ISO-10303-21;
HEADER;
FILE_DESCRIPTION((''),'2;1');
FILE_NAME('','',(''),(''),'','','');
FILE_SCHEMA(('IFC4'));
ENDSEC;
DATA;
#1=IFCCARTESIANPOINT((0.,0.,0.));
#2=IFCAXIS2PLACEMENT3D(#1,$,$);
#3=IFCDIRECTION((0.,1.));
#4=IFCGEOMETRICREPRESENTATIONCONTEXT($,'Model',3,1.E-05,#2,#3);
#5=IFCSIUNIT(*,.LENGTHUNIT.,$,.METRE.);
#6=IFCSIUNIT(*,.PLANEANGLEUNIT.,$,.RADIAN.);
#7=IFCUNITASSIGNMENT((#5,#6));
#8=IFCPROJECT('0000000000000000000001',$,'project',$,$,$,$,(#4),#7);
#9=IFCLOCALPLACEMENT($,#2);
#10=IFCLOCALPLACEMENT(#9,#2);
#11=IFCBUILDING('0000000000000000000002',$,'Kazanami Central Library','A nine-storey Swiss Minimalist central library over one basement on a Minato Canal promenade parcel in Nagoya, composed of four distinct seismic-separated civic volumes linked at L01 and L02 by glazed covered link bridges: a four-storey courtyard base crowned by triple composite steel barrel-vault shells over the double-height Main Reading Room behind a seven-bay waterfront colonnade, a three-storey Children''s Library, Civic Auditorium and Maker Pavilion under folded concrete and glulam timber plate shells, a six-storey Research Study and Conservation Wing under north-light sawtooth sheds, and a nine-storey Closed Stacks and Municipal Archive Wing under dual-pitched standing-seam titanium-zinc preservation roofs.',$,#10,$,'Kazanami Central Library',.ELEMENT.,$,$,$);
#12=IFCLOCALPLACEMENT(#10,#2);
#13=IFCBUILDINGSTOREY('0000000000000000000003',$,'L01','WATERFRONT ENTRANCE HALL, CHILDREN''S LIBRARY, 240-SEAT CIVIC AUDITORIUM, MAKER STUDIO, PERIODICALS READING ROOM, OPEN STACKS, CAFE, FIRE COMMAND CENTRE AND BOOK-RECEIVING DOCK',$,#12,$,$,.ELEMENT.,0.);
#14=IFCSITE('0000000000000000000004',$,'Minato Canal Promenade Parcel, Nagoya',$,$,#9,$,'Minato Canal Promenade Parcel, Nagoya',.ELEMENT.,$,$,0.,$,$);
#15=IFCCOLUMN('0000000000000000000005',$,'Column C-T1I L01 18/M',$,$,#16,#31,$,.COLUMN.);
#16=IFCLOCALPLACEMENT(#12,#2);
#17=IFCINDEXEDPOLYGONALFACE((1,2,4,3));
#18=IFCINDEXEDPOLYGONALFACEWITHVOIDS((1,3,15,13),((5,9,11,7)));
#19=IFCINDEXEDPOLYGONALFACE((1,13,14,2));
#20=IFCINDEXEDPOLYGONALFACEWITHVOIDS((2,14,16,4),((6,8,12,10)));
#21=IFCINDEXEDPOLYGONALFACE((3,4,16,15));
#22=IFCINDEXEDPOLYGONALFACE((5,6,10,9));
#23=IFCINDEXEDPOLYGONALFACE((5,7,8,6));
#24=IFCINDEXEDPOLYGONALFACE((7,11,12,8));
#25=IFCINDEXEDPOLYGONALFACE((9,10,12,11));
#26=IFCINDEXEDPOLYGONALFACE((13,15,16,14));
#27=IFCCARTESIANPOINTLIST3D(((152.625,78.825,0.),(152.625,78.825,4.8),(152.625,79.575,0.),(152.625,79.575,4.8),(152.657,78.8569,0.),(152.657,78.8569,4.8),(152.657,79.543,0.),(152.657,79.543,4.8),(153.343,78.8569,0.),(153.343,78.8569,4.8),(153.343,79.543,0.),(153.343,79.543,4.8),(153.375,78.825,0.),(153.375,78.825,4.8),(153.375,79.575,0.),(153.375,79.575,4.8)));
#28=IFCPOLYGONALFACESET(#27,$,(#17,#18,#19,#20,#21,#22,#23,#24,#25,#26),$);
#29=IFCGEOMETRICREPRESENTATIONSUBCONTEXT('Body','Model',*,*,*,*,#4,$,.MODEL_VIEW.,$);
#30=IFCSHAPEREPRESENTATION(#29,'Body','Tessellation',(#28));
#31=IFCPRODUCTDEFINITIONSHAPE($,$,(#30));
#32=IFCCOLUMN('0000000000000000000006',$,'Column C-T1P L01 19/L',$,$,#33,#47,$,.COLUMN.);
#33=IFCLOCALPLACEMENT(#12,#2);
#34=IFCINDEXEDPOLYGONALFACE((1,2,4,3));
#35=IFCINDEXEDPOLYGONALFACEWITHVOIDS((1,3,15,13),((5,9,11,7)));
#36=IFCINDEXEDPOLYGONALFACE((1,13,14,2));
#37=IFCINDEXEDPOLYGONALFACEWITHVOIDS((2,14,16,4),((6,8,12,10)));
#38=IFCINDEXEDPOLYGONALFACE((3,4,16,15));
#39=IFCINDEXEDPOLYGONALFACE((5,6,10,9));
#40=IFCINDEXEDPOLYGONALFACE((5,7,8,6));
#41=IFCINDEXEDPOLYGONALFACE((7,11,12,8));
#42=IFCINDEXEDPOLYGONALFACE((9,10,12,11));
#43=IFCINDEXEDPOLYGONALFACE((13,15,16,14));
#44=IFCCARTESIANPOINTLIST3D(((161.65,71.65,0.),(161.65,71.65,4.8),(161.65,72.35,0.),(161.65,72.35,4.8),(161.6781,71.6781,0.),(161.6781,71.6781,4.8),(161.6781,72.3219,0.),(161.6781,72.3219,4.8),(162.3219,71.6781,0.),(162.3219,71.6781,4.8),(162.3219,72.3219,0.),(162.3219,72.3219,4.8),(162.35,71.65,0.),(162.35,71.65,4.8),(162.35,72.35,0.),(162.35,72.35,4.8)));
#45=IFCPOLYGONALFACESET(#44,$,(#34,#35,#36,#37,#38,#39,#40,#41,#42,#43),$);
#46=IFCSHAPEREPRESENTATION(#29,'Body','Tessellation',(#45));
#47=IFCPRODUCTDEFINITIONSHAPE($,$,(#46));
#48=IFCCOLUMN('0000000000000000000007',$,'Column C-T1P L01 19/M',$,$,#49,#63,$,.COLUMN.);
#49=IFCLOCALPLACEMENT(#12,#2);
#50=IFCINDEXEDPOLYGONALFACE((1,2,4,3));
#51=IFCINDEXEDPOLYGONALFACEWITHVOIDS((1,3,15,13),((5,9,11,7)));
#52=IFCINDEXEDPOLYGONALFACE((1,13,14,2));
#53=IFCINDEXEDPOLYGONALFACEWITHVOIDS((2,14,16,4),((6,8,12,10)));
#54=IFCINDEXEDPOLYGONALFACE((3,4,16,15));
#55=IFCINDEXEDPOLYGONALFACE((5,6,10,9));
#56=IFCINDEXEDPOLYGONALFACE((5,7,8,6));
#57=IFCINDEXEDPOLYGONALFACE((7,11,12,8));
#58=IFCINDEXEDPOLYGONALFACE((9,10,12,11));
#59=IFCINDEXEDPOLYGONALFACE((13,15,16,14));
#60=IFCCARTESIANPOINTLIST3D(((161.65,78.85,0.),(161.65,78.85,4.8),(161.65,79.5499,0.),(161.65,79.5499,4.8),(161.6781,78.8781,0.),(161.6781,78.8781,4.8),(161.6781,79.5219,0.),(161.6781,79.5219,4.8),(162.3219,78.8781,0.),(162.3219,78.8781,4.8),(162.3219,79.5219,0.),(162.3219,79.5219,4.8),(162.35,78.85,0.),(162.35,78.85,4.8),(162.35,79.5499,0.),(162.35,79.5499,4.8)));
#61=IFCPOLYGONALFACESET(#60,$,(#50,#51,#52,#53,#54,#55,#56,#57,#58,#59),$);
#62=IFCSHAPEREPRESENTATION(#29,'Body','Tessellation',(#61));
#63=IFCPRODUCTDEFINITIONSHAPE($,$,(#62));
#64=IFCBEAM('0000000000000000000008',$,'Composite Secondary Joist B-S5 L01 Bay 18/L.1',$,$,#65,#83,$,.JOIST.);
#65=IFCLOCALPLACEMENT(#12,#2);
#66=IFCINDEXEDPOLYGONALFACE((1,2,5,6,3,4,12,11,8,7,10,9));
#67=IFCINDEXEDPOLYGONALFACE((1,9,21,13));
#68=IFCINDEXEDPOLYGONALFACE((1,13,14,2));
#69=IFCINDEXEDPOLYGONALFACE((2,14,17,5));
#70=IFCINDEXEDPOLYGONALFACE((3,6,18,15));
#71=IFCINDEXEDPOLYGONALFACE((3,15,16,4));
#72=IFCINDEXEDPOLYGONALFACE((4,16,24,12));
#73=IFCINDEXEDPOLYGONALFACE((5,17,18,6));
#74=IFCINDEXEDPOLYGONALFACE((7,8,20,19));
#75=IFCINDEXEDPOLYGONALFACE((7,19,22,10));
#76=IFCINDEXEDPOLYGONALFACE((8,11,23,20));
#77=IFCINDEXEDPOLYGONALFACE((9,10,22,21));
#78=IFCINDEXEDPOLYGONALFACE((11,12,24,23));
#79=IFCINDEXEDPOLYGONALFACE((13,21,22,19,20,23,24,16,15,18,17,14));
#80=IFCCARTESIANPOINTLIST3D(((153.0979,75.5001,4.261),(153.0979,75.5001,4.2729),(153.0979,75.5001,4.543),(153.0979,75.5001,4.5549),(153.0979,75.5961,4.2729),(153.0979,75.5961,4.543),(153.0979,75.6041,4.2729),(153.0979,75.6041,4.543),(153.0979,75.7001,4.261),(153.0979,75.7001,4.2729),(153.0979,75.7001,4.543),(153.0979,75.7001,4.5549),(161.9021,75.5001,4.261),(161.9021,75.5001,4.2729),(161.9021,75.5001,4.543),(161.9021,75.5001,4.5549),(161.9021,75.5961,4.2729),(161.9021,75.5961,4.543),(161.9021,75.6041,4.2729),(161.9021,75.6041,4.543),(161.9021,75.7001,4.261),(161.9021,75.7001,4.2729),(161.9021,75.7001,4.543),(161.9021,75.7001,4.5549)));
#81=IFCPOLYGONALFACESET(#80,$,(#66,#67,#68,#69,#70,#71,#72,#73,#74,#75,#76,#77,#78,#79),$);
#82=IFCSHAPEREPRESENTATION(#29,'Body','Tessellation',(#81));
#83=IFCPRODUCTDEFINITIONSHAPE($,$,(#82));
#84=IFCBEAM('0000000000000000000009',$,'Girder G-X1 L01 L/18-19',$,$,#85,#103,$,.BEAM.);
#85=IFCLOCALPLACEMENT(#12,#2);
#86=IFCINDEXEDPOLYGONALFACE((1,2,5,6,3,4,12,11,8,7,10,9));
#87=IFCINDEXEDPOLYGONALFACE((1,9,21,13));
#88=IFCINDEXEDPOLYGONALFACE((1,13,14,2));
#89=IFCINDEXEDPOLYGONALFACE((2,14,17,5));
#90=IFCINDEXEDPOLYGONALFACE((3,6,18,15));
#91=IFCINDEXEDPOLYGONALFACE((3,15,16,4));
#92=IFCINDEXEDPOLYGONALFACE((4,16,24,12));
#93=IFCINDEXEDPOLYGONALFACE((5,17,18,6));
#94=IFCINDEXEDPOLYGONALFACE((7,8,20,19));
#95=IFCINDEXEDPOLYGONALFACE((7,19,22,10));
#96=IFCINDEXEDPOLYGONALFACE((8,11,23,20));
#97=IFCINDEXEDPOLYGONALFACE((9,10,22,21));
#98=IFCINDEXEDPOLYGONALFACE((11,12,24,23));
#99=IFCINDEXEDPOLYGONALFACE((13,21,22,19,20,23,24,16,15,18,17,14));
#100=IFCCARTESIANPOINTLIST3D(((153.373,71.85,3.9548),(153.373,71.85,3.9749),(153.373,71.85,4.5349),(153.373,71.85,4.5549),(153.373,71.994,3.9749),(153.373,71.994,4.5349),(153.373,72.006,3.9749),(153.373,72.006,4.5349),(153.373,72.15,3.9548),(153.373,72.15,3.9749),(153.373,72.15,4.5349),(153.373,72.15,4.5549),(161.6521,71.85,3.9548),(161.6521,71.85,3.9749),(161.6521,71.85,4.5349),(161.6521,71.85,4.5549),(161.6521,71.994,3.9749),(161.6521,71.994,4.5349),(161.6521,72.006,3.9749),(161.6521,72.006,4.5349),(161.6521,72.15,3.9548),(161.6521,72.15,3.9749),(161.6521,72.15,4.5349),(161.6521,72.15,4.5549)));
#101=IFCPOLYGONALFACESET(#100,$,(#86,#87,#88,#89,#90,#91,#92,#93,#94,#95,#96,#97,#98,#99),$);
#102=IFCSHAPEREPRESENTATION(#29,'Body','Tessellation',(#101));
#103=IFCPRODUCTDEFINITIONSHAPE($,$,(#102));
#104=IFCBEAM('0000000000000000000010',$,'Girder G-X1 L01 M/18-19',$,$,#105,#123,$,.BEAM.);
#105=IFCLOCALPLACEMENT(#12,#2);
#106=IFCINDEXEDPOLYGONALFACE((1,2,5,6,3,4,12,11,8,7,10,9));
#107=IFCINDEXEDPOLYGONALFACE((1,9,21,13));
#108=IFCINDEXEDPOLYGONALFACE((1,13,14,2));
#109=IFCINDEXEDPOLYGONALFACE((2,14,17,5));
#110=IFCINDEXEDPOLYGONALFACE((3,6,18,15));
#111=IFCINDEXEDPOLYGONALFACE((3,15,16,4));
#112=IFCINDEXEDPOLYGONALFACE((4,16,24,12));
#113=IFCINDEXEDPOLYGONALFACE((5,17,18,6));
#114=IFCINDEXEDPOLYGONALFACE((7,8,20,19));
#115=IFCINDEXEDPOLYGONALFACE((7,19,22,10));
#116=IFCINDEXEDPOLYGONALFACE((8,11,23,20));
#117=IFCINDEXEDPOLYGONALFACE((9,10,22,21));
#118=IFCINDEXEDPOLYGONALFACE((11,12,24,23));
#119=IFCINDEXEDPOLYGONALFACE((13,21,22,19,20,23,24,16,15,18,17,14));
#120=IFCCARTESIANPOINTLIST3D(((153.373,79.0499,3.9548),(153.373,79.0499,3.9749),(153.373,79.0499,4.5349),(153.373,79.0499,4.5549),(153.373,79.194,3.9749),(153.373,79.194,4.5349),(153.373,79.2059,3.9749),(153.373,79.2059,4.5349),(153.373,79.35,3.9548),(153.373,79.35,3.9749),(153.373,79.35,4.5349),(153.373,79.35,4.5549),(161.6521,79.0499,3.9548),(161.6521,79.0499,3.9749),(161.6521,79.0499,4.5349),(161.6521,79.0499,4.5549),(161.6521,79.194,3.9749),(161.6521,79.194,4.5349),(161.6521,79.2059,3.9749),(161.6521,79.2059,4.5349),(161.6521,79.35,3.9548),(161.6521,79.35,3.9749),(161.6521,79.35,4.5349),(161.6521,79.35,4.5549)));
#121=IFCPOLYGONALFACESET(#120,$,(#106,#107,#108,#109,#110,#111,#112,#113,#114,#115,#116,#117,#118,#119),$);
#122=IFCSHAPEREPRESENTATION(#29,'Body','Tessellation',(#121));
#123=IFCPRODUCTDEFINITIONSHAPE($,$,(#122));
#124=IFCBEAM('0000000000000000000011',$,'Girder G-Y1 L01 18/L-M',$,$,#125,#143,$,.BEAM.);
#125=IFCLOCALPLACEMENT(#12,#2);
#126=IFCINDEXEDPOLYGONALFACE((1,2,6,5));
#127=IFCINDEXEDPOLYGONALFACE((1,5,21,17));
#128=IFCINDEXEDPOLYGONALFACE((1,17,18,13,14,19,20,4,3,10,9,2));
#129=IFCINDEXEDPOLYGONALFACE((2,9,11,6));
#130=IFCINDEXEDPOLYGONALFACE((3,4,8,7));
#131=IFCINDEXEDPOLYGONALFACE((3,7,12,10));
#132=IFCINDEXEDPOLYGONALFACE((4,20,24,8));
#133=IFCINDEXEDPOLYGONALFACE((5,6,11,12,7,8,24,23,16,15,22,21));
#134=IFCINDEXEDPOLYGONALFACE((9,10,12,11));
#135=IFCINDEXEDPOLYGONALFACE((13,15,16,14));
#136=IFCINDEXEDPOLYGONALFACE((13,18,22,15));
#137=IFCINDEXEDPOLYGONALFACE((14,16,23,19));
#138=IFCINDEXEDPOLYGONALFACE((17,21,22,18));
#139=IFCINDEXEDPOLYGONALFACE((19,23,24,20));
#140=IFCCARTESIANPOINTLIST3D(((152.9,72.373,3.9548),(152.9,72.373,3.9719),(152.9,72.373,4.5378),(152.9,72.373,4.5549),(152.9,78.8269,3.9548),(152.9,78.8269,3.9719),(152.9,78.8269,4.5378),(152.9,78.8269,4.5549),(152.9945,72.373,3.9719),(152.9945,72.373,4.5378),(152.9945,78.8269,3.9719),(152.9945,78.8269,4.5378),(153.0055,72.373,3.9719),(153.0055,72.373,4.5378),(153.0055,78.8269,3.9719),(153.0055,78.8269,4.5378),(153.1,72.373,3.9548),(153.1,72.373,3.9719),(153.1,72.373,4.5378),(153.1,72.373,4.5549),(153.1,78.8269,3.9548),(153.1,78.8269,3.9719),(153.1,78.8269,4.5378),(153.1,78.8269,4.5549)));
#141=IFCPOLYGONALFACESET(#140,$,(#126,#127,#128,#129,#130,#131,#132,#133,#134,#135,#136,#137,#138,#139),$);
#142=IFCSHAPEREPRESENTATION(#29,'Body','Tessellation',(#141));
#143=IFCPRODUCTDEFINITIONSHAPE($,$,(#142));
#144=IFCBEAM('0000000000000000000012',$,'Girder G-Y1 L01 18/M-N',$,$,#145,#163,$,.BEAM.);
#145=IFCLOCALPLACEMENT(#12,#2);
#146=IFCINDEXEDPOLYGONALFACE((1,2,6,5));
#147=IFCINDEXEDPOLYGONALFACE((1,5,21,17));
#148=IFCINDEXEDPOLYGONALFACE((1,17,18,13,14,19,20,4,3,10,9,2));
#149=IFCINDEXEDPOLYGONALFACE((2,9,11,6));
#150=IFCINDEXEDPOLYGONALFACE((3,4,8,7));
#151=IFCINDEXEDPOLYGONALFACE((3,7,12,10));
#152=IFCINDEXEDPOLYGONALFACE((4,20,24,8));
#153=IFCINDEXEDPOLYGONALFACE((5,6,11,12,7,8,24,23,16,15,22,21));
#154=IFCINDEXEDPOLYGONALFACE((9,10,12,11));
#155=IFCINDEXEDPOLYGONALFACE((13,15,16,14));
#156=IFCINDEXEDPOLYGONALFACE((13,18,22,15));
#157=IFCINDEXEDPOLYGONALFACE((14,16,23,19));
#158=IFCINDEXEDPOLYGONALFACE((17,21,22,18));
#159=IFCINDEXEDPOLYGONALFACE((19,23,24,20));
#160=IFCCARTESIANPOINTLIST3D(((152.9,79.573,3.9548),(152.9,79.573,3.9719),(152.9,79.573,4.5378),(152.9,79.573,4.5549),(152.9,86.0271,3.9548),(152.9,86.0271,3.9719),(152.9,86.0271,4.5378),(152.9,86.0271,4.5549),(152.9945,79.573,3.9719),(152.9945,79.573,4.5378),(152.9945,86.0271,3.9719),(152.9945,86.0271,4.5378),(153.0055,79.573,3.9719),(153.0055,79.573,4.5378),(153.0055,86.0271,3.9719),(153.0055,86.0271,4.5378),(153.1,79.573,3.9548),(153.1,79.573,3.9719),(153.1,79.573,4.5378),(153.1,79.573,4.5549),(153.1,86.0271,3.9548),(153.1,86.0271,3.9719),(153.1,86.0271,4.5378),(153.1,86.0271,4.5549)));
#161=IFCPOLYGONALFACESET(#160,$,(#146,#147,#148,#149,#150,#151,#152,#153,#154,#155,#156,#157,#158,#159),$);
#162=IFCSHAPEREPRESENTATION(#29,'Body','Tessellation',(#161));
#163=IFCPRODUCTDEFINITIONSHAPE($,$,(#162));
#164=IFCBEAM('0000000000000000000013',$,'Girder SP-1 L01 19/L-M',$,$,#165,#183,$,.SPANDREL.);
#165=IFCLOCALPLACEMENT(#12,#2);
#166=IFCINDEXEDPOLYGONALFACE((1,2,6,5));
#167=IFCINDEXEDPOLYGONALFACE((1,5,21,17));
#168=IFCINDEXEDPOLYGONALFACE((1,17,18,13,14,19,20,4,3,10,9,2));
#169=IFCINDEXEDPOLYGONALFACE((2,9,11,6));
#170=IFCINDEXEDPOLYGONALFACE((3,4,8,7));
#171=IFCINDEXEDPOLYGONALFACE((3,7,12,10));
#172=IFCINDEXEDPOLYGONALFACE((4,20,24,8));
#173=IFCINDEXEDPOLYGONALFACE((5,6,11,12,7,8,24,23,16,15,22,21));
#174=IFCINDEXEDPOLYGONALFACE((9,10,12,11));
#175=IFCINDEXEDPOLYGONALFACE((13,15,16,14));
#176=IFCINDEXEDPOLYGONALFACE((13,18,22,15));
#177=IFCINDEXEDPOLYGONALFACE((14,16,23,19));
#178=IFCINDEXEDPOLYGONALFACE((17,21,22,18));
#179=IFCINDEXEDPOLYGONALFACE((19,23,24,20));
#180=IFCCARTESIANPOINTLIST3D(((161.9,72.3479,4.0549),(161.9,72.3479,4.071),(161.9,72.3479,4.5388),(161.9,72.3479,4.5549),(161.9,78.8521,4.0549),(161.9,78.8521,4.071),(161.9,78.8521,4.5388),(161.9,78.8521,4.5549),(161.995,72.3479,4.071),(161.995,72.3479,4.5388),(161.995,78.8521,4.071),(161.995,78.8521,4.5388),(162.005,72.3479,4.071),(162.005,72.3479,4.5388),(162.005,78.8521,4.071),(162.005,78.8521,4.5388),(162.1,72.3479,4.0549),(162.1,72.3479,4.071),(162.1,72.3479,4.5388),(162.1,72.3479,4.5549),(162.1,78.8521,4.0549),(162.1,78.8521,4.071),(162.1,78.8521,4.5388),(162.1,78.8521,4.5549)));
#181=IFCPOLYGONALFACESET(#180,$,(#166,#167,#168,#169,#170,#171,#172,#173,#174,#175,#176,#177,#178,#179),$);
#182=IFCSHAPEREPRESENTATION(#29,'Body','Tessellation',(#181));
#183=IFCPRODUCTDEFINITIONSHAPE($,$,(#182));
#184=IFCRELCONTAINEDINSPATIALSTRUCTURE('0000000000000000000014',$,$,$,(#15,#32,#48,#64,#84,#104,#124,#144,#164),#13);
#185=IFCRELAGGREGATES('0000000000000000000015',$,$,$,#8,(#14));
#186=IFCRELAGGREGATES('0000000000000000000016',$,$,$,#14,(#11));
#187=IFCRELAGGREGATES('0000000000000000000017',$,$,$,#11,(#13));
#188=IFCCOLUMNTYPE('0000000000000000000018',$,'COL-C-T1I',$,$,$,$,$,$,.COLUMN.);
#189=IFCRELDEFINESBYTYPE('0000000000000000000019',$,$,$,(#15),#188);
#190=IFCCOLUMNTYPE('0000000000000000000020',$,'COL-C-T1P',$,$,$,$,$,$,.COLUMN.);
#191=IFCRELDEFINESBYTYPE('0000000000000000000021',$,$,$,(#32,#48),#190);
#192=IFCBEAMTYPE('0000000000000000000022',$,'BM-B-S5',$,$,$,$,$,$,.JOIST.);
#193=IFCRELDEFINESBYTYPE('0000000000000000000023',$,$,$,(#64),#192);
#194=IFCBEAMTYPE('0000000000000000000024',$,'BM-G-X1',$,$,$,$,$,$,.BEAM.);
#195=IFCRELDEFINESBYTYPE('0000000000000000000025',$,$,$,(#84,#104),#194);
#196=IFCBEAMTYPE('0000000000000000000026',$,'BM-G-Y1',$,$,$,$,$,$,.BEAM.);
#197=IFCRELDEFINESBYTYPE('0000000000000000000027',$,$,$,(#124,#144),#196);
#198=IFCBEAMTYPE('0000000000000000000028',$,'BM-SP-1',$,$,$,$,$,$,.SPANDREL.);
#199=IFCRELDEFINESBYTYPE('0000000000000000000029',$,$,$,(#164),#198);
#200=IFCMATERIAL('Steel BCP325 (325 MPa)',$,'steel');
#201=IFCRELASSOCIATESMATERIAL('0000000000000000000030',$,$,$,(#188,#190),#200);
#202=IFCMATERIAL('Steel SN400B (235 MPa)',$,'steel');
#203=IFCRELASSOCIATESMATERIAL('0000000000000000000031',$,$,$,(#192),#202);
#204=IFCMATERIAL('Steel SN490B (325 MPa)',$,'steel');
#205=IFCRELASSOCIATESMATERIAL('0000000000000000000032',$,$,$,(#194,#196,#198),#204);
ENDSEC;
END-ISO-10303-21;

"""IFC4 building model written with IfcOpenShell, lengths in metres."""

from ifc_helpers import new_model, si_unit, direction, frame, origin, origin_2d, place, context, subcontext, project, spatial, hollow_rectangle, i_section, extrude, material, material_profile, profile_set, type_object, element, save


model = new_model("IFC4")

# Units and contexts
model_context = context("Model", 3, precision=1e-05, world=origin(), true_north=direction((0.0, 1.0)))
body_context = subcontext(model_context, "Body", "Model", "MODEL_VIEW")
ifc_project = project(units=[si_unit("LENGTHUNIT", "METRE"), si_unit("PLANEANGLEUNIT", "RADIAN")], contexts=[model_context])

# Site, building, storey
site_placement = place(None, origin())
site = spatial("IfcSite", under=ifc_project, at=site_placement, Name="Minato Canal Promenade Parcel, Nagoya", LongName="Minato Canal Promenade Parcel, Nagoya", CompositionType="ELEMENT", RefElevation=0.0)
building_placement = place(site_placement, origin())
building = spatial("IfcBuilding", under=site, at=building_placement, Name="Kazanami Central Library", Description="A nine-storey Swiss Minimalist central library over one basement on a Minato Canal promenade parcel in Nagoya, composed of four distinct seismic-separated civic volumes linked at L01 and L02 by glazed covered link bridges: a four-storey courtyard base crowned by triple composite steel barrel-vault shells over the double-height Main Reading Room behind a seven-bay waterfront colonnade, a three-storey Children's Library, Civic Auditorium and Maker Pavilion under folded concrete and glulam timber plate shells, a six-storey Research Study and Conservation Wing under north-light sawtooth sheds, and a nine-storey Closed Stacks and Municipal Archive Wing under dual-pitched standing-seam titanium-zinc preservation roofs.", LongName="Kazanami Central Library", CompositionType="ELEMENT")
storey_placement = place(building_placement, origin())
storey = spatial("IfcBuildingStorey", under=building, at=storey_placement, Name="L01", Description="WATERFRONT ENTRANCE HALL, CHILDREN'S LIBRARY, 240-SEAT CIVIC AUDITORIUM, MAKER STUDIO, PERIODICALS READING ROOM, OPEN STACKS, CAFE, FIRE COMMAND CENTRE AND BOOK-RECEIVING DOCK", CompositionType="ELEMENT", Elevation=0.0)

# Columns
ifc_material_1 = material(Name="Steel BCP325 (325 MPa)", Category="steel")
ifc_material_profile_1 = material_profile(ifc_material_1, hollow_rectangle(XDim=0.75, YDim=0.75, WallThickness=0.032, at=origin_2d()), Name="BCP-750x750x32")
ifc_profile_set_1 = profile_set([ifc_material_profile_1], Name="Steel BCP325 (325 MPa)")
column_type_1 = type_object("IfcColumnType", Name="COL-C-T1I", PredefinedType="COLUMN", material=ifc_profile_set_1)
column_placement = place(storey_placement, frame((153.0, 79.2, 0.0), z_axis=(0.0, 0.0, 1.0), x_axis=(1.0, 0.0, 0.0)))
element("IfcColumn", 1, at=column_placement, inside=storey, type_object=column_type_1, Name="Column C-T1I L01 18/M", PredefinedType="COLUMN", context=body_context, shape_type="SweptSolid", body=[
    extrude(hollow_rectangle(XDim=0.75, YDim=0.75, WallThickness=0.032, at=origin_2d()), origin(), (0.0, 0.0, 1.0), 4.8),
])
ifc_material_profile_2 = material_profile(ifc_material_1, hollow_rectangle(XDim=0.7, YDim=0.7, WallThickness=0.0281, at=origin_2d()), Name="BCP-700x700x28")
ifc_profile_set_2 = profile_set([ifc_material_profile_2], Name="Steel BCP325 (325 MPa)")
column_type_2 = type_object("IfcColumnType", Name="COL-C-T1P", PredefinedType="COLUMN", material=ifc_profile_set_2)
for number, where, z_axis, x_axis, name in (
    (2, (162.0, 72.0, 0.0), (0.0, 0.0, 1.0), (1.0, 0.0, 0.0), "Column C-T1P L01 19/L"),
    (3, (162.0, 79.2, 0.0), (0.0, 0.0, 1.0), (1.0, 0.0, 0.0), "Column C-T1P L01 19/M"),
):
    element("IfcColumn", number, at=place(storey_placement, frame(where, z_axis=z_axis, x_axis=x_axis)), inside=storey, type_object=column_type_2, Name=name, PredefinedType="COLUMN", context=body_context, shape_type="SweptSolid", body=[
        extrude(hollow_rectangle(XDim=0.7, YDim=0.7, WallThickness=0.0281, at=origin_2d()), origin(), (0.0, 0.0, 1.0), 4.8),
    ])

# Beams
ifc_material_2 = material(Name="Steel SN400B (235 MPa)", Category="steel")
ifc_material_profile_3 = material_profile(ifc_material_2, i_section(OverallWidth=0.2, OverallDepth=0.2939, WebThickness=0.0081, FlangeThickness=0.012, at=origin_2d()), Name="H-294x200x8x12")
ifc_profile_set_3 = profile_set([ifc_material_profile_3], Name="Steel SN400B (235 MPa)")
beam_type_1 = type_object("IfcBeamType", Name="BM-B-S5", PredefinedType="JOIST", material=ifc_profile_set_3)
beam_1_placement = place(storey_placement, frame((153.0979, 75.6001, 4.408), z_axis=(1.0, 0.0, 0.0), x_axis=(0.0, 1.0, 0.0)))
element("IfcBeam", 4, at=beam_1_placement, inside=storey, type_object=beam_type_1, Name="Composite Secondary Joist B-S5 L01 Bay 18/L.1", PredefinedType="JOIST", context=body_context, shape_type="SweptSolid", body=[
    extrude(i_section(OverallWidth=0.2, OverallDepth=0.2939, WebThickness=0.0081, FlangeThickness=0.012, at=origin_2d()), origin(), (0.0, 0.0, 1.0), 8.8042),
])
ifc_material_3 = material(Name="Steel SN490B (325 MPa)", Category="steel")
ifc_material_profile_4 = material_profile(ifc_material_3, i_section(OverallWidth=0.3, OverallDepth=0.6001, WebThickness=0.012, FlangeThickness=0.02, at=origin_2d()), Name="H-600x300x12x20")
ifc_profile_set_4 = profile_set([ifc_material_profile_4], Name="Steel SN490B (325 MPa)")
beam_type_2 = type_object("IfcBeamType", Name="BM-G-X1", PredefinedType="BEAM", material=ifc_profile_set_4)
for number, where, z_axis, x_axis, name in (
    (5, (153.373, 72.0, 4.2549), (1.0, 0.0, 0.0), (0.0, 1.0, 0.0), "Girder G-X1 L01 L/18-19"),
    (6, (153.373, 79.2, 4.2549), (1.0, 0.0, 0.0), (0.0, 1.0, 0.0), "Girder G-X1 L01 M/18-19"),
):
    element("IfcBeam", number, at=place(storey_placement, frame(where, z_axis=z_axis, x_axis=x_axis)), inside=storey, type_object=beam_type_2, Name=name, PredefinedType="BEAM", context=body_context, shape_type="SweptSolid", body=[
        extrude(i_section(OverallWidth=0.3, OverallDepth=0.6001, WebThickness=0.012, FlangeThickness=0.02, at=origin_2d()), origin(), (0.0, 0.0, 1.0), 8.2791),
    ])
ifc_material_profile_5 = material_profile(ifc_material_3, i_section(OverallWidth=0.2, OverallDepth=0.6001, WebThickness=0.011, FlangeThickness=0.0171, at=origin_2d()), Name="H-600x200x11x17")
ifc_profile_set_5 = profile_set([ifc_material_profile_5], Name="Steel SN490B (325 MPa)")
beam_type_3 = type_object("IfcBeamType", Name="BM-G-Y1", PredefinedType="BEAM", material=ifc_profile_set_5)
beam_2_placement = place(storey_placement, frame((153.0, 72.373, 4.2549), z_axis=(0.0, 1.0, 0.0), x_axis=(-1.0, 0.0, 0.0)))
element("IfcBeam", 7, at=beam_2_placement, inside=storey, type_object=beam_type_3, Name="Girder G-Y1 L01 18/L-M", PredefinedType="BEAM", context=body_context, shape_type="SweptSolid", body=[
    extrude(i_section(OverallWidth=0.2, OverallDepth=0.6001, WebThickness=0.011, FlangeThickness=0.0171, at=origin_2d()), origin(), (0.0, 0.0, 1.0), 6.4539),
])
beam_3_placement = place(storey_placement, frame((153.0, 79.573, 4.2549), z_axis=(0.0, 1.0, 0.0), x_axis=(-1.0, 0.0, 0.0)))
element("IfcBeam", 8, at=beam_3_placement, inside=storey, type_object=beam_type_3, Name="Girder G-Y1 L01 18/M-N", PredefinedType="BEAM", context=body_context, shape_type="SweptSolid", body=[
    extrude(i_section(OverallWidth=0.2, OverallDepth=0.6001, WebThickness=0.011, FlangeThickness=0.0171, at=origin_2d()), origin(), (0.0, 0.0, 1.0), 6.4541),
])
ifc_material_profile_6 = material_profile(ifc_material_3, i_section(OverallWidth=0.2, OverallDepth=0.5, WebThickness=0.01, FlangeThickness=0.0161, at=origin_2d()), Name="H-500x200x10x16")
ifc_profile_set_6 = profile_set([ifc_material_profile_6], Name="Steel SN490B (325 MPa)")
beam_type_4 = type_object("IfcBeamType", Name="BM-SP-1", PredefinedType="SPANDREL", material=ifc_profile_set_6)
beam_4_placement = place(storey_placement, frame((162.0, 72.3479, 4.3049), z_axis=(0.0, 1.0, 0.0), x_axis=(-1.0, 0.0, 0.0)))
element("IfcBeam", 9, at=beam_4_placement, inside=storey, type_object=beam_type_4, Name="Girder SP-1 L01 19/L-M", PredefinedType="SPANDREL", context=body_context, shape_type="SweptSolid", body=[
    extrude(i_section(OverallWidth=0.2, OverallDepth=0.5, WebThickness=0.01, FlangeThickness=0.0161, at=origin_2d()), origin(), (0.0, 0.0, 1.0), 6.5042),
])

save(model, "model.ifc")
